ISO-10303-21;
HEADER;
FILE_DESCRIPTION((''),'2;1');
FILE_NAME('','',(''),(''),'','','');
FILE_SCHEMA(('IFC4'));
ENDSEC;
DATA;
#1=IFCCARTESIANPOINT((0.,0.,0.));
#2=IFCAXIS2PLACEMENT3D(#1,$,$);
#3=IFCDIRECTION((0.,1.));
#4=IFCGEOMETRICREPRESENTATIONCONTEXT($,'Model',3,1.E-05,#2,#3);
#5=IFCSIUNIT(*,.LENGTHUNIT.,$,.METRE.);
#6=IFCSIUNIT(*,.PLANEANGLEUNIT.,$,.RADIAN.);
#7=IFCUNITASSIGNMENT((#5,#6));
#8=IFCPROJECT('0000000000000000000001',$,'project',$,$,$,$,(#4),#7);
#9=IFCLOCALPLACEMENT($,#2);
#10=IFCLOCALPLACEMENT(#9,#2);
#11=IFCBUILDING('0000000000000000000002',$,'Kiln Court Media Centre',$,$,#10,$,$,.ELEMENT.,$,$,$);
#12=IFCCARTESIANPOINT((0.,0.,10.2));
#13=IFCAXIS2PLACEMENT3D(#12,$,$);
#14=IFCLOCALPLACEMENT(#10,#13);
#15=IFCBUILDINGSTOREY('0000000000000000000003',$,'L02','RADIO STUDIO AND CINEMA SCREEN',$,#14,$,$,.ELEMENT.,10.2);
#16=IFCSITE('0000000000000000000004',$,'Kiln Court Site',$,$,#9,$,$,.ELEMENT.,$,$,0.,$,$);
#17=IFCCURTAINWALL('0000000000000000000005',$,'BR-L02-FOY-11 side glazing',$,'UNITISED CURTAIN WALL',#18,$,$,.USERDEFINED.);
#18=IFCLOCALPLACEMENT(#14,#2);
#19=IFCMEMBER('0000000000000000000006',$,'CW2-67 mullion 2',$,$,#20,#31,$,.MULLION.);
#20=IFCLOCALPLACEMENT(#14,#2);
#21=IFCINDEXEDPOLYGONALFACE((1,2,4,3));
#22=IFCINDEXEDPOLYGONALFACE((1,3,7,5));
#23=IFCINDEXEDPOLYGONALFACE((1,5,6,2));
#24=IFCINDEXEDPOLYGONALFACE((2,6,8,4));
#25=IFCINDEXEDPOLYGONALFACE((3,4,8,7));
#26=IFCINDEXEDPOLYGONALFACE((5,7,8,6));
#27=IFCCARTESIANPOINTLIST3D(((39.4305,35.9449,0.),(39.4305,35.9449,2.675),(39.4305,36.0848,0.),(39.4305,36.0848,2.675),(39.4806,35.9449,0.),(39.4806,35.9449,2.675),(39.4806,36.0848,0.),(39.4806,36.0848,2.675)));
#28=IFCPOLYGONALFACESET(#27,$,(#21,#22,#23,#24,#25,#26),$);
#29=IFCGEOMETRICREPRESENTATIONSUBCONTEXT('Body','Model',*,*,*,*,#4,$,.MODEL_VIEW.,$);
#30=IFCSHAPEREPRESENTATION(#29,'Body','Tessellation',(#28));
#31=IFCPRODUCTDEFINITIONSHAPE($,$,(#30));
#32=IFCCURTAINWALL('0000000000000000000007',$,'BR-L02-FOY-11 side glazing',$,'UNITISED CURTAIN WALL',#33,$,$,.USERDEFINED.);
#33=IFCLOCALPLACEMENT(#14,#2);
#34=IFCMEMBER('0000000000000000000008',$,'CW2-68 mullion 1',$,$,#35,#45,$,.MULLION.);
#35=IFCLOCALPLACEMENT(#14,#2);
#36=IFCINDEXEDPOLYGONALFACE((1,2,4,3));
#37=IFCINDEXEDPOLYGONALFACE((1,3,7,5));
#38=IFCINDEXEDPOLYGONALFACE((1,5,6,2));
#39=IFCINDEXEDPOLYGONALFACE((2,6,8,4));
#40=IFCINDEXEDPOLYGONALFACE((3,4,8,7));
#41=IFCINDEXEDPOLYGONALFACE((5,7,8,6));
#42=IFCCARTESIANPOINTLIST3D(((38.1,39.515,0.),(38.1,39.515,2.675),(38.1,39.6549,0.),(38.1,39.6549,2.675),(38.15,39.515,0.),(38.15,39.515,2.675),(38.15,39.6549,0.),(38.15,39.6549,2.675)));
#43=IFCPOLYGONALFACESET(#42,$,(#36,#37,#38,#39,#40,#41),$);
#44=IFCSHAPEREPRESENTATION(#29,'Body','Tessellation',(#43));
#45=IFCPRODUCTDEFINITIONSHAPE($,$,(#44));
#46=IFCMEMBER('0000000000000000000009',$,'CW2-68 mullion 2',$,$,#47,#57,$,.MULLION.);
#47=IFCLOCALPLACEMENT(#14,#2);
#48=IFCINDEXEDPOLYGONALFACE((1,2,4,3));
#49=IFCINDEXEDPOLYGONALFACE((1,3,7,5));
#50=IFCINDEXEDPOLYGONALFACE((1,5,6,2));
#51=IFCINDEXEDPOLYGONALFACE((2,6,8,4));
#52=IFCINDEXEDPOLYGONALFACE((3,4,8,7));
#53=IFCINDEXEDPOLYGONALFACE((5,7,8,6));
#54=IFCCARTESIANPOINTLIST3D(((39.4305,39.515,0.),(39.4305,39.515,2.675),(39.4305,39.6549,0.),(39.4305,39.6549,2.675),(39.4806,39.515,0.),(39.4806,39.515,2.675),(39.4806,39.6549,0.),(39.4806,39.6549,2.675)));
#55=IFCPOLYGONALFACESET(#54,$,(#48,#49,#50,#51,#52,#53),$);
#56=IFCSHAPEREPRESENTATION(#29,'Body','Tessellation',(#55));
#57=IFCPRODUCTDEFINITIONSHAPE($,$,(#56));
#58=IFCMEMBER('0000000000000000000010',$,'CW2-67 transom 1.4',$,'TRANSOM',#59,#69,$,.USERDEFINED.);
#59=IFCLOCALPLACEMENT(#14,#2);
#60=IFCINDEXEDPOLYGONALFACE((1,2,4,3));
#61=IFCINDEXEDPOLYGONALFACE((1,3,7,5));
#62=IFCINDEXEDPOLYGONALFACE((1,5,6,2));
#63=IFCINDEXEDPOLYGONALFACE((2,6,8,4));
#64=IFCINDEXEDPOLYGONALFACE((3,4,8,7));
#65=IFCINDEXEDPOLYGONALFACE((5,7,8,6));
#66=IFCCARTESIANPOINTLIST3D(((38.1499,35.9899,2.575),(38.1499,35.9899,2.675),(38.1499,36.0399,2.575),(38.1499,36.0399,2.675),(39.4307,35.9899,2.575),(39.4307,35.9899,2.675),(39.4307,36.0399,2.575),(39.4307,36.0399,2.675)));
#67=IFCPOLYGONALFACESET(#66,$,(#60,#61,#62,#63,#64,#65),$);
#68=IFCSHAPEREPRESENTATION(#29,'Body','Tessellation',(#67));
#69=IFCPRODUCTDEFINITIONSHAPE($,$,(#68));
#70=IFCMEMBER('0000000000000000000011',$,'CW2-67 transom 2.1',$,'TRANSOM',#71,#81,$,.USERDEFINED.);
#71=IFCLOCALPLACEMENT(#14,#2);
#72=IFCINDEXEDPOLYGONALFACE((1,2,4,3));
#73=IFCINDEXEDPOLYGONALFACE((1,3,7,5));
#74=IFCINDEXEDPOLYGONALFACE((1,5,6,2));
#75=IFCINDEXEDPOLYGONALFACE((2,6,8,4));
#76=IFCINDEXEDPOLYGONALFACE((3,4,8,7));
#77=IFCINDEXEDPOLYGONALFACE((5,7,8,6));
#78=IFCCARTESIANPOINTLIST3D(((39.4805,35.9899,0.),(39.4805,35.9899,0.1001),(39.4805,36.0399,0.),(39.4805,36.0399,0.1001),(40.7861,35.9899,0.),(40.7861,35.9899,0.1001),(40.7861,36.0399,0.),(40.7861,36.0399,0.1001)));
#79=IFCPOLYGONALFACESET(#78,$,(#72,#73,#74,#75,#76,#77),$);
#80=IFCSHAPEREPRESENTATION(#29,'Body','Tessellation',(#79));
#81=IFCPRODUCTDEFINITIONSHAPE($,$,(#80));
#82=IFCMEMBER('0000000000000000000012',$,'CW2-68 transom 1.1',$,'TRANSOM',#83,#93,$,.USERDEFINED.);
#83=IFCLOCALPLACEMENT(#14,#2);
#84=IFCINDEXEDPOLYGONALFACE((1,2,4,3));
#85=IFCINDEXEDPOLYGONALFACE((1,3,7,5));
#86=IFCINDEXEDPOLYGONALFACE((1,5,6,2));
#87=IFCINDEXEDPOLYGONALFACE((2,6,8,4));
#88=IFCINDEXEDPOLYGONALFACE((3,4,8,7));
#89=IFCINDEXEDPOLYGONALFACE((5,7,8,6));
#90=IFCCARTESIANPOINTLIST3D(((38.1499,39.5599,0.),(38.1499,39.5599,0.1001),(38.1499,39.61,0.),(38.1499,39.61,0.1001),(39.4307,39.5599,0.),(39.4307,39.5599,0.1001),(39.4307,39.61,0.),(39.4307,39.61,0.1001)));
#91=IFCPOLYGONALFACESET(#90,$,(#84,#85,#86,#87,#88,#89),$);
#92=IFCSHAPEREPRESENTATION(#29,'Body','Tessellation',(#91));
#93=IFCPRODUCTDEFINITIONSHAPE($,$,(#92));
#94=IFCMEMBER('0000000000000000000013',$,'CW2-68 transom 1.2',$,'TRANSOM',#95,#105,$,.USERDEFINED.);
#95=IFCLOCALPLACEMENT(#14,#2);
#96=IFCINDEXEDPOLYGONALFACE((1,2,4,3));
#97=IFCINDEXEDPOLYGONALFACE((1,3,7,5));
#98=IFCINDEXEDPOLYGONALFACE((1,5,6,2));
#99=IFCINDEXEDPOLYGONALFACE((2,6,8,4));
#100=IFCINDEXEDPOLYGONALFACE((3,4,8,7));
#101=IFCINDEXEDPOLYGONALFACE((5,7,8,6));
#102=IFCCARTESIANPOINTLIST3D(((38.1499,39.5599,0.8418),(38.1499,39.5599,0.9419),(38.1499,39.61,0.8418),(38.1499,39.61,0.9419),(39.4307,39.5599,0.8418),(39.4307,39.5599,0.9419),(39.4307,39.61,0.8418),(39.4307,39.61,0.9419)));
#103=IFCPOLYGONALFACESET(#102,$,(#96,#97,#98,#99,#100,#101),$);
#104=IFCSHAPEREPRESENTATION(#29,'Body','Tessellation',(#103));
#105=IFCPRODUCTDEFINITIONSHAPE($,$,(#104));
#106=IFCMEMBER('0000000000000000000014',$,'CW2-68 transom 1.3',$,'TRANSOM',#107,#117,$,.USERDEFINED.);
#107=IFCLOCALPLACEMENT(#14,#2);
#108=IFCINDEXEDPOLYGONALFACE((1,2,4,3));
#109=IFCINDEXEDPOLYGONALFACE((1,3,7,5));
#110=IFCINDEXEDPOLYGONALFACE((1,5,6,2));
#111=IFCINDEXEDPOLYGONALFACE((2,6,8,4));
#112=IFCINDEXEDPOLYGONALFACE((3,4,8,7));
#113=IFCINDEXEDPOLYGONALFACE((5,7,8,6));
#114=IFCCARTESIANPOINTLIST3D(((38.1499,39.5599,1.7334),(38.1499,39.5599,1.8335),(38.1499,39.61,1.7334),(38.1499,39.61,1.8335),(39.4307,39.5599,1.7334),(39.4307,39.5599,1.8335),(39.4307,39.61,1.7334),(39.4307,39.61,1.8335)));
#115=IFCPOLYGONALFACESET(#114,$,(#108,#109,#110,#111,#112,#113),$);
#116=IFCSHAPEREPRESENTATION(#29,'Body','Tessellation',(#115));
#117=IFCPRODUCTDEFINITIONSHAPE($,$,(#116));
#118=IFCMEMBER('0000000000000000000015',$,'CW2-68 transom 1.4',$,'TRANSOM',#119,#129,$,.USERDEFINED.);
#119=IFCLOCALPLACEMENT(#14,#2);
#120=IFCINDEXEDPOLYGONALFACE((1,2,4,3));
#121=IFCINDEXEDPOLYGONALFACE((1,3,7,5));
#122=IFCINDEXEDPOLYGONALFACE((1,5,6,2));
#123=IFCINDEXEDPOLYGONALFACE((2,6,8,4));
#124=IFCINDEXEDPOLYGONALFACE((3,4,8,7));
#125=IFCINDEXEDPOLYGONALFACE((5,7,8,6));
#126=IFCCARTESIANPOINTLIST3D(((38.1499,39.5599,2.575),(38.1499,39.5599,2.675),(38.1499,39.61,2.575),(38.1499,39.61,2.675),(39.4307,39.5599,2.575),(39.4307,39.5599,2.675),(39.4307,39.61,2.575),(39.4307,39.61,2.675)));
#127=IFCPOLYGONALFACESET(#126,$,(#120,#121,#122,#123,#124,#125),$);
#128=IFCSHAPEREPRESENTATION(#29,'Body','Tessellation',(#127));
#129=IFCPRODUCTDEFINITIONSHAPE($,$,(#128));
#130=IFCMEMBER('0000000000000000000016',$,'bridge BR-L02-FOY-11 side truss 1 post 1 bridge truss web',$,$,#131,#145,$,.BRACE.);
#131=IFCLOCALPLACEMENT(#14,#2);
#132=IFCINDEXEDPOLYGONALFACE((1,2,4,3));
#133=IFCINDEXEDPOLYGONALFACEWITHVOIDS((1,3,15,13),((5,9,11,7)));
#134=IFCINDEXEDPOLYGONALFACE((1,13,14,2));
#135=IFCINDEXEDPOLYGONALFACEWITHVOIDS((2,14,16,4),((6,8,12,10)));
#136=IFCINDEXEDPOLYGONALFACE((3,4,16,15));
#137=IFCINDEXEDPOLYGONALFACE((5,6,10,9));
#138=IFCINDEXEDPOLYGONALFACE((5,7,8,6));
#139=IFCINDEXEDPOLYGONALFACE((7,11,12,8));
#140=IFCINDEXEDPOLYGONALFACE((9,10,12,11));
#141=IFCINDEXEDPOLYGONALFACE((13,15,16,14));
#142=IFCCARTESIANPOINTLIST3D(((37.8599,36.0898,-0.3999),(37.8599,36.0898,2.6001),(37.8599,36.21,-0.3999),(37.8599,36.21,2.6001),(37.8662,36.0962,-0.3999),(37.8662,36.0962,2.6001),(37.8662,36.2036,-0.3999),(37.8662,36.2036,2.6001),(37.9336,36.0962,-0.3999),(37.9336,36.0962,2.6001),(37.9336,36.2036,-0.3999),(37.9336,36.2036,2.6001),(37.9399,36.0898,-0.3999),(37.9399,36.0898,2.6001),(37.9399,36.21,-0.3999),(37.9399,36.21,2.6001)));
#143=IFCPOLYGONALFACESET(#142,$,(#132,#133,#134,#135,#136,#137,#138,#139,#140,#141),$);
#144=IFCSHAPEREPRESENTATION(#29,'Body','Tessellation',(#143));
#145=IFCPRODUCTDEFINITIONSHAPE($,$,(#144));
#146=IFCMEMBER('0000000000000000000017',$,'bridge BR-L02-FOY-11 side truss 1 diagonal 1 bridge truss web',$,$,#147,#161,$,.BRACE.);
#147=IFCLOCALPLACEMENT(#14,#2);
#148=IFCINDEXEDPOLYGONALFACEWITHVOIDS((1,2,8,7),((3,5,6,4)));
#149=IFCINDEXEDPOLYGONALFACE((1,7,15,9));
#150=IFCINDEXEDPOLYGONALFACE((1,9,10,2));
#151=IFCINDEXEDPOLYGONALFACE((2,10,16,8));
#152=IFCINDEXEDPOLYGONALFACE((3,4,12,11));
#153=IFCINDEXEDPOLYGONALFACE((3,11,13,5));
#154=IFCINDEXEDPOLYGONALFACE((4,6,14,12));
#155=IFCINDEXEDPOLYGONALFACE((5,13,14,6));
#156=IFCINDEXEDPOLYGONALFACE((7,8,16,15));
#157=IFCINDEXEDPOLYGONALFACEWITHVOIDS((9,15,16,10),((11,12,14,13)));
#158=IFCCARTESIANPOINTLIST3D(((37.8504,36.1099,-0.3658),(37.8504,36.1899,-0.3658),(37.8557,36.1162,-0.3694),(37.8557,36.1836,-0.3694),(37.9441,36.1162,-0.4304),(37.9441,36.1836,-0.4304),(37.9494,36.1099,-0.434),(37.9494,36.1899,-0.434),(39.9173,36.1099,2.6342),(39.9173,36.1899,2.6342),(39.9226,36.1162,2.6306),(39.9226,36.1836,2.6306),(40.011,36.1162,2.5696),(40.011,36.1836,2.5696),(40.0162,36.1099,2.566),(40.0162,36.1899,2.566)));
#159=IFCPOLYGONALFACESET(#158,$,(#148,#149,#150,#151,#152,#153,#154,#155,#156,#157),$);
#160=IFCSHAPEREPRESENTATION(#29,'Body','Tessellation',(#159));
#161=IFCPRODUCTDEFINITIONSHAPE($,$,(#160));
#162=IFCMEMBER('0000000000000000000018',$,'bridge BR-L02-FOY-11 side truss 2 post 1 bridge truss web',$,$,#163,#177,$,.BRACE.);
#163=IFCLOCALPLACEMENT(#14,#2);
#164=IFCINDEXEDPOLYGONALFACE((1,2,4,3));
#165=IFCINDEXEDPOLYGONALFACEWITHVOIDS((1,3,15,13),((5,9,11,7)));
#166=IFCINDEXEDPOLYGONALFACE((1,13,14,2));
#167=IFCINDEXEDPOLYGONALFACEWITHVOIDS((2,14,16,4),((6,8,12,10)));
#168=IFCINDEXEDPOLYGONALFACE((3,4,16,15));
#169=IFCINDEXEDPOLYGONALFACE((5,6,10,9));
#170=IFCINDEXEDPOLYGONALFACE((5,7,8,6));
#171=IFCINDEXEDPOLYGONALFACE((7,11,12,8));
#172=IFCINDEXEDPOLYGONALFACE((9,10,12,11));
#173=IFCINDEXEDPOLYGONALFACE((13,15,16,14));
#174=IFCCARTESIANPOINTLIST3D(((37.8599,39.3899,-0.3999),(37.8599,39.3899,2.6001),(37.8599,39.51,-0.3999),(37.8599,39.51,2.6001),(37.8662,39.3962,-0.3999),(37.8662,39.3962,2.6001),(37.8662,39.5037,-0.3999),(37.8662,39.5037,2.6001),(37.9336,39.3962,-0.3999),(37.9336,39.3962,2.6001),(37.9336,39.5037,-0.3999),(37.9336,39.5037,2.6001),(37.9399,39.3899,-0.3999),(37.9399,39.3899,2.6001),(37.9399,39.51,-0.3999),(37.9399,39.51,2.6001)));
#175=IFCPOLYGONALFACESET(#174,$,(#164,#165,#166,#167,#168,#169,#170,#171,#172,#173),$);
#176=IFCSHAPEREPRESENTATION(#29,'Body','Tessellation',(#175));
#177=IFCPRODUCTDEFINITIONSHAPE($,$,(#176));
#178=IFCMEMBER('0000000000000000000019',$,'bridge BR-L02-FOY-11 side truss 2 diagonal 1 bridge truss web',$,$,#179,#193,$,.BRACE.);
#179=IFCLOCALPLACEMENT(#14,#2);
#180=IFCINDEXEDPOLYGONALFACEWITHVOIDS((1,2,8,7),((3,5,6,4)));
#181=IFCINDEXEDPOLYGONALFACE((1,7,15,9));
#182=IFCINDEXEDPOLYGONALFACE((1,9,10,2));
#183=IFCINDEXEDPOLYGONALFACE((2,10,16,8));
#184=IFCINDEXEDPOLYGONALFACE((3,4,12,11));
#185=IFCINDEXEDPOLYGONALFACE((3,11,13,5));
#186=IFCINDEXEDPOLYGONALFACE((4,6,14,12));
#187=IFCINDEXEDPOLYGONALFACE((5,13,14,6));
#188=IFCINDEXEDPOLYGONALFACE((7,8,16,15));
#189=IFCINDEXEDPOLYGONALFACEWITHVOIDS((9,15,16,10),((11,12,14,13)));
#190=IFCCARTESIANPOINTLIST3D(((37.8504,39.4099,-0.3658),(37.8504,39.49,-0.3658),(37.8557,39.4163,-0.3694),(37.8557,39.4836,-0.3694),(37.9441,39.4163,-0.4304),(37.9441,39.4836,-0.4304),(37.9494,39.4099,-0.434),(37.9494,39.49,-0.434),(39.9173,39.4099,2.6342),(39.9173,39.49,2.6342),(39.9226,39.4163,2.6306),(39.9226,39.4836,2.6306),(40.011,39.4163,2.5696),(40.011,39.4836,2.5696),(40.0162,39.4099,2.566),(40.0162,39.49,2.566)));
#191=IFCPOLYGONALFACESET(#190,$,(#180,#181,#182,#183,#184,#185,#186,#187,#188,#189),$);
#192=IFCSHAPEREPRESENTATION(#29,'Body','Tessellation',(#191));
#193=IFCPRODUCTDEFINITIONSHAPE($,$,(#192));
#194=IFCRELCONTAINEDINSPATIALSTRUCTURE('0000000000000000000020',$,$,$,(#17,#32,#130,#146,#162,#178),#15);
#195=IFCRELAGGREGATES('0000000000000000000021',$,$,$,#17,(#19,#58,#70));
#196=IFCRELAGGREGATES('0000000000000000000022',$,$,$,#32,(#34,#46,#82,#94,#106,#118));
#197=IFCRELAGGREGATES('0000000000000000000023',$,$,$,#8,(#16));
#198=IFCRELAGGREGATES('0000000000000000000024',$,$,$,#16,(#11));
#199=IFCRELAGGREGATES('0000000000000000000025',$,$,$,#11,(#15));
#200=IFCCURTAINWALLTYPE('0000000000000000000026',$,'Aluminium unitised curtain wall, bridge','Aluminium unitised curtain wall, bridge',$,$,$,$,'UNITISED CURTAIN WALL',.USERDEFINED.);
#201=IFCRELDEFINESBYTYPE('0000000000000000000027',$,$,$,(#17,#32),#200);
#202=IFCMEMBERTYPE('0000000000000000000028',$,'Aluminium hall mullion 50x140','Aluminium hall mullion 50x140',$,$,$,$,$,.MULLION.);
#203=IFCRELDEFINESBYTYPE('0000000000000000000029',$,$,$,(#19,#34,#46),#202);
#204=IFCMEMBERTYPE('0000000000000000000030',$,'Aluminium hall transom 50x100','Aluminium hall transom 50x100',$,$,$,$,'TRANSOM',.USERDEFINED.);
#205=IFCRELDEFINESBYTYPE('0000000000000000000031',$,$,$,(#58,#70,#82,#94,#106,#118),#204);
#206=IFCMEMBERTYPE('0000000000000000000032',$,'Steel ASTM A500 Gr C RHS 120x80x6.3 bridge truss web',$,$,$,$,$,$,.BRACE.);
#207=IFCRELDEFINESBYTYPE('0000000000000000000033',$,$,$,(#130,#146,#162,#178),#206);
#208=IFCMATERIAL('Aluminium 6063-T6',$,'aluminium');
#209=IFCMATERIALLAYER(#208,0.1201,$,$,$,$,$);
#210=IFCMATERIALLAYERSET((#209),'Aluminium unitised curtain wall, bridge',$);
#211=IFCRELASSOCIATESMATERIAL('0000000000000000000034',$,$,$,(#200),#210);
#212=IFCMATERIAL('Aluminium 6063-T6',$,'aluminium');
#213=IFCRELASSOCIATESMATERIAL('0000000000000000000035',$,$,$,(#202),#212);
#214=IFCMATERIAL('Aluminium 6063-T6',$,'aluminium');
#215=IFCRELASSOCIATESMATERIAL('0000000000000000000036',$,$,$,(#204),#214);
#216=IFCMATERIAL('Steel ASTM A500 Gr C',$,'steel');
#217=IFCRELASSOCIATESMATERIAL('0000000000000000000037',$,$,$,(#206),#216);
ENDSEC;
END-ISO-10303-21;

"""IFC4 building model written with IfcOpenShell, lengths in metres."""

from ifc_helpers import new_model, si_unit, direction, frame, origin, origin_2d, place, context, subcontext, project, spatial, rectangle, hollow_rectangle, extrude, material, layer, layer_set, material_profile, profile_set, type_object, element, aggregate, save


model = new_model("IFC4")

# Units and contexts
model_context = context("Model", 3, precision=1e-05, world=origin(), true_north=direction((0.0, 1.0)))
body_context = subcontext(model_context, "Body", "Model", "MODEL_VIEW")
ifc_project = project(units=[si_unit("LENGTHUNIT", "METRE"), si_unit("PLANEANGLEUNIT", "RADIAN")], contexts=[model_context])

# Site, building, storey
site_placement = place(None, origin())
site = spatial("IfcSite", under=ifc_project, at=site_placement, Name="Kiln Court Site", CompositionType="ELEMENT", RefElevation=0.0)
building_placement = place(site_placement, origin())
building = spatial("IfcBuilding", under=site, at=building_placement, Name="Kiln Court Media Centre", CompositionType="ELEMENT")
storey_placement = place(building_placement, frame((0.0, 0.0, 10.2)))
storey = spatial("IfcBuildingStorey", under=building, at=storey_placement, Name="L02", Description="RADIO STUDIO AND CINEMA SCREEN", CompositionType="ELEMENT", Elevation=10.2)

# Curtain wall, member
ifc_material_1 = material(Name="Aluminium 6063-T6", Category="aluminium")
ifc_layer_1 = layer(ifc_material_1, 0.1201)
ifc_layer_set_1 = layer_set([ifc_layer_1], Name="Aluminium unitised curtain wall, bridge")
curtain_wall_type = type_object("IfcCurtainWallType", Name="Aluminium unitised curtain wall, bridge", Description="Aluminium unitised curtain wall, bridge", ElementType="UNITISED CURTAIN WALL", PredefinedType="USERDEFINED", material=ifc_layer_set_1)
curtain_wall_1_placement = place(storey_placement, origin())
curtain_wall_1 = element("IfcCurtainWall", 1, at=curtain_wall_1_placement, inside=storey, type_object=curtain_wall_type, Name="BR-L02-FOY-11 side glazing", ObjectType="UNITISED CURTAIN WALL", PredefinedType="USERDEFINED")
ifc_material_2 = material(Name="Aluminium 6063-T6", Category="aluminium")
ifc_material_profile_1 = material_profile(ifc_material_2, rectangle(XDim=0.05, YDim=0.1399, at=origin_2d()), Name="Aluminium hall mullion 50x140")
ifc_profile_set_1 = profile_set([ifc_material_profile_1], Name="Aluminium 6063-T6")
member_type_1 = type_object("IfcMemberType", Name="Aluminium hall mullion 50x140", Description="Aluminium hall mullion 50x140", PredefinedType="MULLION", material=ifc_profile_set_1)
member_1_placement = place(storey_placement, frame((39.4556, 36.0149, 0.0), z_axis=(0.0, 0.0, 1.0), x_axis=(1.0, 0.0, 0.0)))
member_1 = element("IfcMember", 2, at=member_1_placement, type_object=member_type_1, Name="CW2-67 mullion 2", PredefinedType="MULLION", context=body_context, shape_type="SweptSolid", body=[
    extrude(rectangle(XDim=0.05, YDim=0.1399, at=origin_2d()), origin(), (0.0, 0.0, 1.0), 2.675),
])

# Curtain wall, members
curtain_wall_2_placement = place(storey_placement, origin())
curtain_wall_2 = element("IfcCurtainWall", 3, at=curtain_wall_2_placement, inside=storey, type_object=curtain_wall_type, Name="BR-L02-FOY-11 side glazing", ObjectType="UNITISED CURTAIN WALL", PredefinedType="USERDEFINED")
member_2_placement = place(storey_placement, frame((38.125, 39.585, 0.0), z_axis=(0.0, 0.0, 1.0), x_axis=(1.0, 0.0, 0.0)))
member_2 = element("IfcMember", 4, at=member_2_placement, type_object=member_type_1, Name="CW2-68 mullion 1", PredefinedType="MULLION", context=body_context, shape_type="SweptSolid", body=[
    extrude(rectangle(XDim=0.05, YDim=0.1399, at=origin_2d()), origin(), (0.0, 0.0, 1.0), 2.675),
])
member_3_placement = place(storey_placement, frame((39.4556, 39.585, 0.0), z_axis=(0.0, 0.0, 1.0), x_axis=(1.0, 0.0, 0.0)))
member_3 = element("IfcMember", 5, at=member_3_placement, type_object=member_type_1, Name="CW2-68 mullion 2", PredefinedType="MULLION", context=body_context, shape_type="SweptSolid", body=[
    extrude(rectangle(XDim=0.05, YDim=0.1399, at=origin_2d()), origin(), (0.0, 0.0, 1.0), 2.675),
])

# Members
ifc_material_3 = material(Name="Aluminium 6063-T6", Category="aluminium")
ifc_material_profile_2 = material_profile(ifc_material_3, rectangle(XDim=0.05, YDim=0.1001, at=origin_2d()), Name="Aluminium hall transom 50x100")
ifc_profile_set_2 = profile_set([ifc_material_profile_2], Name="Aluminium 6063-T6")
member_type_2 = type_object("IfcMemberType", Name="Aluminium hall transom 50x100", Description="Aluminium hall transom 50x100", ElementType="TRANSOM", PredefinedType="USERDEFINED", material=ifc_profile_set_2)
member_4_placement = place(storey_placement, frame((38.1499, 36.0149, 2.625), z_axis=(1.0, 0.0, 0.0), x_axis=(0.0, 1.0, 0.0)))
member_4 = element("IfcMember", 6, at=member_4_placement, type_object=member_type_2, Name="CW2-67 transom 1.4", ObjectType="TRANSOM", PredefinedType="USERDEFINED", context=body_context, shape_type="SweptSolid", body=[
    extrude(rectangle(XDim=0.05, YDim=0.1001, at=origin_2d()), origin(), (0.0, 0.0, 1.0), 1.2808),
])
member_5_placement = place(storey_placement, frame((39.4805, 36.0149, 0.05), z_axis=(1.0, 0.0, 0.0), x_axis=(0.0, 1.0, 0.0)))
member_5 = element("IfcMember", 7, at=member_5_placement, type_object=member_type_2, Name="CW2-67 transom 2.1", ObjectType="TRANSOM", PredefinedType="USERDEFINED", context=body_context, shape_type="SweptSolid", body=[
    extrude(rectangle(XDim=0.05, YDim=0.1001, at=origin_2d()), origin(), (0.0, 0.0, 1.0), 1.3057),
])
member_6_placement = place(storey_placement, frame((38.1499, 39.585, 0.05), z_axis=(1.0, 0.0, 0.0), x_axis=(0.0, 1.0, 0.0)))
member_6 = element("IfcMember", 8, at=member_6_placement, type_object=member_type_2, Name="CW2-68 transom 1.1", ObjectType="TRANSOM", PredefinedType="USERDEFINED", context=body_context, shape_type="SweptSolid", body=[
    extrude(rectangle(XDim=0.05, YDim=0.1001, at=origin_2d()), origin(), (0.0, 0.0, 1.0), 1.2808),
])
member_7_placement = place(storey_placement, frame((38.1499, 39.585, 0.8918), z_axis=(1.0, 0.0, 0.0), x_axis=(0.0, 1.0, 0.0)))
member_7 = element("IfcMember", 9, at=member_7_placement, type_object=member_type_2, Name="CW2-68 transom 1.2", ObjectType="TRANSOM", PredefinedType="USERDEFINED", context=body_context, shape_type="SweptSolid", body=[
    extrude(rectangle(XDim=0.05, YDim=0.1001, at=origin_2d()), origin(), (0.0, 0.0, 1.0), 1.2808),
])
member_8_placement = place(storey_placement, frame((38.1499, 39.585, 1.7834), z_axis=(1.0, 0.0, 0.0), x_axis=(0.0, 1.0, 0.0)))
member_8 = element("IfcMember", 10, at=member_8_placement, type_object=member_type_2, Name="CW2-68 transom 1.3", ObjectType="TRANSOM", PredefinedType="USERDEFINED", context=body_context, shape_type="SweptSolid", body=[
    extrude(rectangle(XDim=0.05, YDim=0.1001, at=origin_2d()), origin(), (0.0, 0.0, 1.0), 1.2808),
])
member_9_placement = place(storey_placement, frame((38.1499, 39.585, 2.625), z_axis=(1.0, 0.0, 0.0), x_axis=(0.0, 1.0, 0.0)))
member_9 = element("IfcMember", 11, at=member_9_placement, type_object=member_type_2, Name="CW2-68 transom 1.4", ObjectType="TRANSOM", PredefinedType="USERDEFINED", context=body_context, shape_type="SweptSolid", body=[
    extrude(rectangle(XDim=0.05, YDim=0.1001, at=origin_2d()), origin(), (0.0, 0.0, 1.0), 1.2808),
])

# Members
ifc_material_4 = material(Name="Steel ASTM A500 Gr C", Category="steel")
ifc_material_profile_3 = material_profile(ifc_material_4, hollow_rectangle(XDim=0.0801, YDim=0.1201, WallThickness=0.0063, at=origin_2d()), Name="RHS 120x80x6.3")
ifc_profile_set_3 = profile_set([ifc_material_profile_3], Name="Steel ASTM A500 Gr C")
member_type_3 = type_object("IfcMemberType", Name="Steel ASTM A500 Gr C RHS 120x80x6.3 bridge truss web", PredefinedType="BRACE", material=ifc_profile_set_3)
member_10_placement = place(storey_placement, frame((37.8999, 36.1499, -0.3999), z_axis=(0.0, 0.0, 1.0), x_axis=(1.0, 0.0, 0.0)))
element("IfcMember", 12, at=member_10_placement, inside=storey, type_object=member_type_3, Name="bridge BR-L02-FOY-11 side truss 1 post 1 bridge truss web", PredefinedType="BRACE", context=body_context, shape_type="SweptSolid", body=[
    extrude(hollow_rectangle(XDim=0.0801, YDim=0.1201, WallThickness=0.0063, at=origin_2d()), origin(), (0.0, 0.0, 1.0), 3.0),
])
member_11_placement = place(storey_placement, frame((37.8999, 36.1499, -0.3999), z_axis=(0.567348, 0.0, 0.823478), x_axis=(0.0, 1.0, 0.0)))
element("IfcMember", 13, at=member_11_placement, inside=storey, type_object=member_type_3, Name="bridge BR-L02-FOY-11 side truss 1 diagonal 1 bridge truss web", PredefinedType="BRACE", context=body_context, shape_type="SweptSolid", body=[
    extrude(hollow_rectangle(XDim=0.0801, YDim=0.1201, WallThickness=0.0063, at=origin_2d()), origin(), (0.0, 0.0, 1.0), 3.6431),
])
member_12_placement = place(storey_placement, frame((37.8999, 39.45, -0.3999), z_axis=(0.0, 0.0, 1.0), x_axis=(1.0, 0.0, 0.0)))
element("IfcMember", 14, at=member_12_placement, inside=storey, type_object=member_type_3, Name="bridge BR-L02-FOY-11 side truss 2 post 1 bridge truss web", PredefinedType="BRACE", context=body_context, shape_type="SweptSolid", body=[
    extrude(hollow_rectangle(XDim=0.0801, YDim=0.1201, WallThickness=0.0063, at=origin_2d()), origin(), (0.0, 0.0, 1.0), 3.0),
])
member_13_placement = place(storey_placement, frame((37.8999, 39.45, -0.3999), z_axis=(0.567348, 0.0, 0.823478), x_axis=(0.0, 1.0, 0.0)))
element("IfcMember", 15, at=member_13_placement, inside=storey, type_object=member_type_3, Name="bridge BR-L02-FOY-11 side truss 2 diagonal 1 bridge truss web", PredefinedType="BRACE", context=body_context, shape_type="SweptSolid", body=[
    extrude(hollow_rectangle(XDim=0.0801, YDim=0.1201, WallThickness=0.0063, at=origin_2d()), origin(), (0.0, 0.0, 1.0), 3.6431),
])

aggregate(curtain_wall_1, [member_1, member_4, member_5])
aggregate(curtain_wall_2, [member_2, member_3, member_6, member_7, member_8, member_9])

save(model, "model.ifc")
